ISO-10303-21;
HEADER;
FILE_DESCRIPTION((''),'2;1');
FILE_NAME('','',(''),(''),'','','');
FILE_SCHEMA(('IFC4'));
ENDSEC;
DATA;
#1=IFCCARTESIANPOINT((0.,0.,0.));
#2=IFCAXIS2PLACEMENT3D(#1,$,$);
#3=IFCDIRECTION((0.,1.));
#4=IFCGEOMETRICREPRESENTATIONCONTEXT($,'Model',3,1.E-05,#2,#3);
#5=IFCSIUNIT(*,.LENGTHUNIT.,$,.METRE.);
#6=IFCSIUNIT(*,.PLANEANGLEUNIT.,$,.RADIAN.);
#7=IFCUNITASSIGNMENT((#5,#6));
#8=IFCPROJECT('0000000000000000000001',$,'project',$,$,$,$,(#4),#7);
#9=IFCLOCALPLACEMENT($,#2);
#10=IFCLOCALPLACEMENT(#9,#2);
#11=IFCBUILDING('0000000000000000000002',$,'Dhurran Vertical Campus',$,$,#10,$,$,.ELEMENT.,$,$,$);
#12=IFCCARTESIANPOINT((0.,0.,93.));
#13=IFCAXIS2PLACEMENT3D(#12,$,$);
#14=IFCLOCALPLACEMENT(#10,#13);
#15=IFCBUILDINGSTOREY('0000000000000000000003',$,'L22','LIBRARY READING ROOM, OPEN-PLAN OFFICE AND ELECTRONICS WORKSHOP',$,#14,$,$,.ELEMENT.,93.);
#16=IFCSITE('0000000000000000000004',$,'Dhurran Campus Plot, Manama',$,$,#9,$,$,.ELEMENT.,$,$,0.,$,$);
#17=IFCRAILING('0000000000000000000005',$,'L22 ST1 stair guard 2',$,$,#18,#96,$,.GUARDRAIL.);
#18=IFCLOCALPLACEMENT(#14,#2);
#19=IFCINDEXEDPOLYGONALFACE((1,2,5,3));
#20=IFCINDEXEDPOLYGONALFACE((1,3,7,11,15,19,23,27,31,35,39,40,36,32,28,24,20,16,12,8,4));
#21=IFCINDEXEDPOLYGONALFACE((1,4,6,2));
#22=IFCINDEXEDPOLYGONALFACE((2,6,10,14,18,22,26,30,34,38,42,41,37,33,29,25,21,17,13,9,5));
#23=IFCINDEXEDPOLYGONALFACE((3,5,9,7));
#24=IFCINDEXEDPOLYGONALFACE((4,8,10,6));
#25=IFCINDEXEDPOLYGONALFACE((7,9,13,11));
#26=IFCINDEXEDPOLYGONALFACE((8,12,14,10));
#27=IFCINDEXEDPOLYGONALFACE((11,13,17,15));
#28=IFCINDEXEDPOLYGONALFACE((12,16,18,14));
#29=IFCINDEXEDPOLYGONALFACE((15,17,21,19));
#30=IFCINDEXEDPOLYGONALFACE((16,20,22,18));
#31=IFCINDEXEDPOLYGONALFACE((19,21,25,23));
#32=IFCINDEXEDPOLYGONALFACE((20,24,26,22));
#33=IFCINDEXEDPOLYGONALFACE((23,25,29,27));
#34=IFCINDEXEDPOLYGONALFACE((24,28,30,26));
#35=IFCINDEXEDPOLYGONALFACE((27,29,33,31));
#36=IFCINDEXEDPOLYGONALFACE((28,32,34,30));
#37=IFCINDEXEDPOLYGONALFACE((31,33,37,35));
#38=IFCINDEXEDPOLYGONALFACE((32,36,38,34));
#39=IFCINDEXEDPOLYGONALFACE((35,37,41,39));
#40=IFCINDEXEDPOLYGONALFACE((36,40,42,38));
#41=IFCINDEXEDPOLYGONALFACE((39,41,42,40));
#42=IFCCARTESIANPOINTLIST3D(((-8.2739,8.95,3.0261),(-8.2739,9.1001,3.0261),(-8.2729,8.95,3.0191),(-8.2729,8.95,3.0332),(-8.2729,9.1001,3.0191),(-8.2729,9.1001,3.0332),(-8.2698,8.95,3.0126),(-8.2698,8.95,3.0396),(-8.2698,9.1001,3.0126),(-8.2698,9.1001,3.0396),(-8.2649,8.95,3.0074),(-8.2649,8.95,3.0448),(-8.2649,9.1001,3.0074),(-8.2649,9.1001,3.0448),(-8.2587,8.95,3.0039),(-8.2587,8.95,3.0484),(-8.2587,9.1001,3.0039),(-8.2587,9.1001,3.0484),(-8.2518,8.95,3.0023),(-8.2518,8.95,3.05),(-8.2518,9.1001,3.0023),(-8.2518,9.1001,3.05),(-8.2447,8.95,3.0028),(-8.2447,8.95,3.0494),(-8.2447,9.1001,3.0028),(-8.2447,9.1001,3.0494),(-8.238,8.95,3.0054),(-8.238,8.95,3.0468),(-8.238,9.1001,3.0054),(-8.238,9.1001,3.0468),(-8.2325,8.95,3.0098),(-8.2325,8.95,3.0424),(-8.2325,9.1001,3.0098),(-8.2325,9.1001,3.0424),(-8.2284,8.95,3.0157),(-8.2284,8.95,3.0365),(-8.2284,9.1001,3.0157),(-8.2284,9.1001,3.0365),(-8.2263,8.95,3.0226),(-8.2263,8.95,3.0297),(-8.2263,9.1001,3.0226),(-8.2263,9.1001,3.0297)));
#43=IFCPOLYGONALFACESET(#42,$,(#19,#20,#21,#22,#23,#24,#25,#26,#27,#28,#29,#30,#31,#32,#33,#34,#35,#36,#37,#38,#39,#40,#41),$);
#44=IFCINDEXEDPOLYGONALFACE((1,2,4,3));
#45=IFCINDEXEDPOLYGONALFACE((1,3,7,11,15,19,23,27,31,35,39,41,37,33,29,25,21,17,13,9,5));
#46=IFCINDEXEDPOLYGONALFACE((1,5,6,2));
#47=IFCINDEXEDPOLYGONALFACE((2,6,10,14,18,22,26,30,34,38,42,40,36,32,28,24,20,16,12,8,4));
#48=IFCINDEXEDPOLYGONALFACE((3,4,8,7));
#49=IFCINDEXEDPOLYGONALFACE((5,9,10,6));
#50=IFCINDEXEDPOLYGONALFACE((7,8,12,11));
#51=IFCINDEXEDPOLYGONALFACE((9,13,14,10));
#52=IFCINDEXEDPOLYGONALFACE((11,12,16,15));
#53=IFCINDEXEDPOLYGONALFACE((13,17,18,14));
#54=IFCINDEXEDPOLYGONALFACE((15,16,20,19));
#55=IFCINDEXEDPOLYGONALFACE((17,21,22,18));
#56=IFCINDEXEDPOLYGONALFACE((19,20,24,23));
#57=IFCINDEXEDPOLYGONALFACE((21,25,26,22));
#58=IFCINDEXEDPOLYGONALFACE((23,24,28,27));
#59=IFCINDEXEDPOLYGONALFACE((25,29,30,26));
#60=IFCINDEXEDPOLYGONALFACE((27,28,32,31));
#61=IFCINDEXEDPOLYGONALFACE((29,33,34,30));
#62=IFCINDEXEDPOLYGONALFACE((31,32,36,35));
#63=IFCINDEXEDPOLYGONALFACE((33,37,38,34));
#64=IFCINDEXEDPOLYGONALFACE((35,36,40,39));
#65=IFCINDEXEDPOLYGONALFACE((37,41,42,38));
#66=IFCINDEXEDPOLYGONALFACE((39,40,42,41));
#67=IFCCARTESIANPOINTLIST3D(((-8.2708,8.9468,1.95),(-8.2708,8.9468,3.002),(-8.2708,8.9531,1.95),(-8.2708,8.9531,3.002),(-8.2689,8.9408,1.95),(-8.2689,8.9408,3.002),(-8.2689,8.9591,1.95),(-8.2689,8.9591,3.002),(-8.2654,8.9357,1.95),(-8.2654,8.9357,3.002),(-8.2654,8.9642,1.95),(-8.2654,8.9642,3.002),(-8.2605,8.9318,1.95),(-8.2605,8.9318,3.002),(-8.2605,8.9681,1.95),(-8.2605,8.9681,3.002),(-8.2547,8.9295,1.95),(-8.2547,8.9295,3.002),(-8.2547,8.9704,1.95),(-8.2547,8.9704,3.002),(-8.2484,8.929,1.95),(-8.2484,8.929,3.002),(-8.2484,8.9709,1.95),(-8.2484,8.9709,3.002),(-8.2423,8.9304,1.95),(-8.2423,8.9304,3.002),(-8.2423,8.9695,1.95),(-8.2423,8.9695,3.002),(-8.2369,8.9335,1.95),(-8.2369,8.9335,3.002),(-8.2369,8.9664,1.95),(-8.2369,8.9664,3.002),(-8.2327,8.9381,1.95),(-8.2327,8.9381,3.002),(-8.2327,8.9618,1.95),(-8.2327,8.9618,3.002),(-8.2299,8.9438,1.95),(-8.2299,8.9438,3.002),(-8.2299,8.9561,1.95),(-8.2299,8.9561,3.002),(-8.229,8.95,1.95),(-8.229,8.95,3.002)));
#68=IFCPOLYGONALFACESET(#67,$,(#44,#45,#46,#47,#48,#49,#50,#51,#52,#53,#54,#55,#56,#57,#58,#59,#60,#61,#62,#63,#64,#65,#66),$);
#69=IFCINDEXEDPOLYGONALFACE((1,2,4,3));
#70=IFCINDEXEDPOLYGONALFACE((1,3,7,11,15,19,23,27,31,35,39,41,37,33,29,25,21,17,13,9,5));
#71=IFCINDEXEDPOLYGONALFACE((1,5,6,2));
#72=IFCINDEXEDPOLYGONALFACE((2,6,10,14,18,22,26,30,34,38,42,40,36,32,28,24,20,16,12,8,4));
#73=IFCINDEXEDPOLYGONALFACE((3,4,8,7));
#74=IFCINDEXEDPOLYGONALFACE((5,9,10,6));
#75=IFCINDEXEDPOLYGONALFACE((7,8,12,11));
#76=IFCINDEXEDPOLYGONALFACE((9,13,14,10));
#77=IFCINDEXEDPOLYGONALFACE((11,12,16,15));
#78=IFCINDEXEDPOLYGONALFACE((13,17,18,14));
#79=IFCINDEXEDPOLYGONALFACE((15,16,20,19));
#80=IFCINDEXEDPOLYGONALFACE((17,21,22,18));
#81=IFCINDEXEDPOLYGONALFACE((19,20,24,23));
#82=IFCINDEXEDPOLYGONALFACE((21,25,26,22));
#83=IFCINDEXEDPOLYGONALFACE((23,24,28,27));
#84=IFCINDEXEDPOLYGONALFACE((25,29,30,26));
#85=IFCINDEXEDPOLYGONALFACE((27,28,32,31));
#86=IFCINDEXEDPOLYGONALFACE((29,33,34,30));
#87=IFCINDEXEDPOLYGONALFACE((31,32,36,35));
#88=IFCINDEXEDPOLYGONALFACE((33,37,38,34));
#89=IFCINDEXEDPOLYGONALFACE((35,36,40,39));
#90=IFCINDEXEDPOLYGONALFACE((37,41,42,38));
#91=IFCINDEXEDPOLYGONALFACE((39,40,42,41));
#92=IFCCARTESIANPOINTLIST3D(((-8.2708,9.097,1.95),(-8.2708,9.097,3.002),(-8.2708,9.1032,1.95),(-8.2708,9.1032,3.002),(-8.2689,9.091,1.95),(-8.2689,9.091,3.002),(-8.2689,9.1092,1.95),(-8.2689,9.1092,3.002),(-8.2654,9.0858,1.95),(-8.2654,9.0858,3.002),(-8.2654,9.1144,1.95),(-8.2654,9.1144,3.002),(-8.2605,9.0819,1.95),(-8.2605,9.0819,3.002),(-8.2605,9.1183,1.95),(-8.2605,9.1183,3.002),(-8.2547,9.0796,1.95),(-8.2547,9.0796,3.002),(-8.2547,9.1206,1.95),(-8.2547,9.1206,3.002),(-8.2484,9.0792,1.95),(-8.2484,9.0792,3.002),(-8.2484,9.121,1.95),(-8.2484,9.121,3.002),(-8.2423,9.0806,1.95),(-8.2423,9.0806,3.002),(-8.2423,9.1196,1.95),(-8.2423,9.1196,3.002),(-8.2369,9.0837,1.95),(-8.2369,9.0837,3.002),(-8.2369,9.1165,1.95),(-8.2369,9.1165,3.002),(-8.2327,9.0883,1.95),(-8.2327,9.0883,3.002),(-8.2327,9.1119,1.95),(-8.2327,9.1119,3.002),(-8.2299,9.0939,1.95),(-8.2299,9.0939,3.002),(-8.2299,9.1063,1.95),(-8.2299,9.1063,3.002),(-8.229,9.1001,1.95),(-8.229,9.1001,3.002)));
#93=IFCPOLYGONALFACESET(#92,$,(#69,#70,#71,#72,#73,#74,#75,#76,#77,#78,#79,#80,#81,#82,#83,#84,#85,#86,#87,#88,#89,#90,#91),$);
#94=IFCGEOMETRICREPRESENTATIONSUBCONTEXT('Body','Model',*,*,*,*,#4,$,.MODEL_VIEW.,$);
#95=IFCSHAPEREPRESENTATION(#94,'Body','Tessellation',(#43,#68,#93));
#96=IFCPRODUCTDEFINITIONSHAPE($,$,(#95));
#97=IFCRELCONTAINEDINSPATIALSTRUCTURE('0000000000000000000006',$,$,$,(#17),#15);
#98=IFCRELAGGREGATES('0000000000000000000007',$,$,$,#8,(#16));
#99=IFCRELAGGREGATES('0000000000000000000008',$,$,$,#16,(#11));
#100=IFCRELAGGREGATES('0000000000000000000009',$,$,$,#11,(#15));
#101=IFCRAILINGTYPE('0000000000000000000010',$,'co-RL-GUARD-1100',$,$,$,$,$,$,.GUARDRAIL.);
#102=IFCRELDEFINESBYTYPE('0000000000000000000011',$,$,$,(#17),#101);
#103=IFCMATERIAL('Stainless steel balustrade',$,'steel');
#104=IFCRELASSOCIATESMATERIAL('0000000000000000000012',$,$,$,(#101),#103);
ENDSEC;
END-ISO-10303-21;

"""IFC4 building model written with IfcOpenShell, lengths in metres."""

from ifc_helpers import new_model, si_unit, direction, frame, origin, origin_2d, place, context, subcontext, project, spatial, circle, extrude, material, type_object, element, save


model = new_model("IFC4")

# Units and contexts
model_context = context("Model", 3, precision=1e-05, world=origin(), true_north=direction((0.0, 1.0)))
body_context = subcontext(model_context, "Body", "Model", "MODEL_VIEW")
ifc_project = project(units=[si_unit("LENGTHUNIT", "METRE"), si_unit("PLANEANGLEUNIT", "RADIAN")], contexts=[model_context])

# Site, building, storey
site_placement = place(None, origin())
site = spatial("IfcSite", under=ifc_project, at=site_placement, Name="Dhurran Campus Plot, Manama", CompositionType="ELEMENT", RefElevation=0.0)
building_placement = place(site_placement, origin())
building = spatial("IfcBuilding", under=site, at=building_placement, Name="Dhurran Vertical Campus", CompositionType="ELEMENT")
storey_placement = place(building_placement, frame((0.0, 0.0, 93.0)))
storey = spatial("IfcBuildingStorey", under=building, at=storey_placement, Name="L22", Description="LIBRARY READING ROOM, OPEN-PLAN OFFICE AND ELECTRONICS WORKSHOP", CompositionType="ELEMENT", Elevation=93.0)

# Railing
ifc_material_1 = material(Name="Stainless steel balustrade", Category="steel")
railing_type_1 = type_object("IfcRailingType", Name="co-RL-GUARD-1100", PredefinedType="GUARDRAIL", material=ifc_material_1)
railing_1_placement = place(storey_placement, frame((-8.25, 8.95, 1.95)))
element("IfcRailing", 1, at=railing_1_placement, inside=storey, type_object=railing_type_1, Name="L22 ST1 stair guard 2", PredefinedType="GUARDRAIL", context=body_context, shape_type="SweptSolid", body=[
    extrude(circle(Radius=0.0239, at=origin_2d()), frame((0.0, 0.0, 1.0762), z_axis=(0.0, 1.0, 0.0), x_axis=(-1.0, 0.0, 0.0)), (0.0, 0.0, 1.0), 0.1501),
    extrude(circle(Radius=0.021, at=origin_2d()), origin(), (0.0, 0.0, 1.0), 1.052),
    extrude(circle(Radius=0.021, at=origin_2d()), frame((0.0, 0.1501, 0.0)), (0.0, 0.0, 1.0), 1.052),
])

save(model, "model.ifc")
